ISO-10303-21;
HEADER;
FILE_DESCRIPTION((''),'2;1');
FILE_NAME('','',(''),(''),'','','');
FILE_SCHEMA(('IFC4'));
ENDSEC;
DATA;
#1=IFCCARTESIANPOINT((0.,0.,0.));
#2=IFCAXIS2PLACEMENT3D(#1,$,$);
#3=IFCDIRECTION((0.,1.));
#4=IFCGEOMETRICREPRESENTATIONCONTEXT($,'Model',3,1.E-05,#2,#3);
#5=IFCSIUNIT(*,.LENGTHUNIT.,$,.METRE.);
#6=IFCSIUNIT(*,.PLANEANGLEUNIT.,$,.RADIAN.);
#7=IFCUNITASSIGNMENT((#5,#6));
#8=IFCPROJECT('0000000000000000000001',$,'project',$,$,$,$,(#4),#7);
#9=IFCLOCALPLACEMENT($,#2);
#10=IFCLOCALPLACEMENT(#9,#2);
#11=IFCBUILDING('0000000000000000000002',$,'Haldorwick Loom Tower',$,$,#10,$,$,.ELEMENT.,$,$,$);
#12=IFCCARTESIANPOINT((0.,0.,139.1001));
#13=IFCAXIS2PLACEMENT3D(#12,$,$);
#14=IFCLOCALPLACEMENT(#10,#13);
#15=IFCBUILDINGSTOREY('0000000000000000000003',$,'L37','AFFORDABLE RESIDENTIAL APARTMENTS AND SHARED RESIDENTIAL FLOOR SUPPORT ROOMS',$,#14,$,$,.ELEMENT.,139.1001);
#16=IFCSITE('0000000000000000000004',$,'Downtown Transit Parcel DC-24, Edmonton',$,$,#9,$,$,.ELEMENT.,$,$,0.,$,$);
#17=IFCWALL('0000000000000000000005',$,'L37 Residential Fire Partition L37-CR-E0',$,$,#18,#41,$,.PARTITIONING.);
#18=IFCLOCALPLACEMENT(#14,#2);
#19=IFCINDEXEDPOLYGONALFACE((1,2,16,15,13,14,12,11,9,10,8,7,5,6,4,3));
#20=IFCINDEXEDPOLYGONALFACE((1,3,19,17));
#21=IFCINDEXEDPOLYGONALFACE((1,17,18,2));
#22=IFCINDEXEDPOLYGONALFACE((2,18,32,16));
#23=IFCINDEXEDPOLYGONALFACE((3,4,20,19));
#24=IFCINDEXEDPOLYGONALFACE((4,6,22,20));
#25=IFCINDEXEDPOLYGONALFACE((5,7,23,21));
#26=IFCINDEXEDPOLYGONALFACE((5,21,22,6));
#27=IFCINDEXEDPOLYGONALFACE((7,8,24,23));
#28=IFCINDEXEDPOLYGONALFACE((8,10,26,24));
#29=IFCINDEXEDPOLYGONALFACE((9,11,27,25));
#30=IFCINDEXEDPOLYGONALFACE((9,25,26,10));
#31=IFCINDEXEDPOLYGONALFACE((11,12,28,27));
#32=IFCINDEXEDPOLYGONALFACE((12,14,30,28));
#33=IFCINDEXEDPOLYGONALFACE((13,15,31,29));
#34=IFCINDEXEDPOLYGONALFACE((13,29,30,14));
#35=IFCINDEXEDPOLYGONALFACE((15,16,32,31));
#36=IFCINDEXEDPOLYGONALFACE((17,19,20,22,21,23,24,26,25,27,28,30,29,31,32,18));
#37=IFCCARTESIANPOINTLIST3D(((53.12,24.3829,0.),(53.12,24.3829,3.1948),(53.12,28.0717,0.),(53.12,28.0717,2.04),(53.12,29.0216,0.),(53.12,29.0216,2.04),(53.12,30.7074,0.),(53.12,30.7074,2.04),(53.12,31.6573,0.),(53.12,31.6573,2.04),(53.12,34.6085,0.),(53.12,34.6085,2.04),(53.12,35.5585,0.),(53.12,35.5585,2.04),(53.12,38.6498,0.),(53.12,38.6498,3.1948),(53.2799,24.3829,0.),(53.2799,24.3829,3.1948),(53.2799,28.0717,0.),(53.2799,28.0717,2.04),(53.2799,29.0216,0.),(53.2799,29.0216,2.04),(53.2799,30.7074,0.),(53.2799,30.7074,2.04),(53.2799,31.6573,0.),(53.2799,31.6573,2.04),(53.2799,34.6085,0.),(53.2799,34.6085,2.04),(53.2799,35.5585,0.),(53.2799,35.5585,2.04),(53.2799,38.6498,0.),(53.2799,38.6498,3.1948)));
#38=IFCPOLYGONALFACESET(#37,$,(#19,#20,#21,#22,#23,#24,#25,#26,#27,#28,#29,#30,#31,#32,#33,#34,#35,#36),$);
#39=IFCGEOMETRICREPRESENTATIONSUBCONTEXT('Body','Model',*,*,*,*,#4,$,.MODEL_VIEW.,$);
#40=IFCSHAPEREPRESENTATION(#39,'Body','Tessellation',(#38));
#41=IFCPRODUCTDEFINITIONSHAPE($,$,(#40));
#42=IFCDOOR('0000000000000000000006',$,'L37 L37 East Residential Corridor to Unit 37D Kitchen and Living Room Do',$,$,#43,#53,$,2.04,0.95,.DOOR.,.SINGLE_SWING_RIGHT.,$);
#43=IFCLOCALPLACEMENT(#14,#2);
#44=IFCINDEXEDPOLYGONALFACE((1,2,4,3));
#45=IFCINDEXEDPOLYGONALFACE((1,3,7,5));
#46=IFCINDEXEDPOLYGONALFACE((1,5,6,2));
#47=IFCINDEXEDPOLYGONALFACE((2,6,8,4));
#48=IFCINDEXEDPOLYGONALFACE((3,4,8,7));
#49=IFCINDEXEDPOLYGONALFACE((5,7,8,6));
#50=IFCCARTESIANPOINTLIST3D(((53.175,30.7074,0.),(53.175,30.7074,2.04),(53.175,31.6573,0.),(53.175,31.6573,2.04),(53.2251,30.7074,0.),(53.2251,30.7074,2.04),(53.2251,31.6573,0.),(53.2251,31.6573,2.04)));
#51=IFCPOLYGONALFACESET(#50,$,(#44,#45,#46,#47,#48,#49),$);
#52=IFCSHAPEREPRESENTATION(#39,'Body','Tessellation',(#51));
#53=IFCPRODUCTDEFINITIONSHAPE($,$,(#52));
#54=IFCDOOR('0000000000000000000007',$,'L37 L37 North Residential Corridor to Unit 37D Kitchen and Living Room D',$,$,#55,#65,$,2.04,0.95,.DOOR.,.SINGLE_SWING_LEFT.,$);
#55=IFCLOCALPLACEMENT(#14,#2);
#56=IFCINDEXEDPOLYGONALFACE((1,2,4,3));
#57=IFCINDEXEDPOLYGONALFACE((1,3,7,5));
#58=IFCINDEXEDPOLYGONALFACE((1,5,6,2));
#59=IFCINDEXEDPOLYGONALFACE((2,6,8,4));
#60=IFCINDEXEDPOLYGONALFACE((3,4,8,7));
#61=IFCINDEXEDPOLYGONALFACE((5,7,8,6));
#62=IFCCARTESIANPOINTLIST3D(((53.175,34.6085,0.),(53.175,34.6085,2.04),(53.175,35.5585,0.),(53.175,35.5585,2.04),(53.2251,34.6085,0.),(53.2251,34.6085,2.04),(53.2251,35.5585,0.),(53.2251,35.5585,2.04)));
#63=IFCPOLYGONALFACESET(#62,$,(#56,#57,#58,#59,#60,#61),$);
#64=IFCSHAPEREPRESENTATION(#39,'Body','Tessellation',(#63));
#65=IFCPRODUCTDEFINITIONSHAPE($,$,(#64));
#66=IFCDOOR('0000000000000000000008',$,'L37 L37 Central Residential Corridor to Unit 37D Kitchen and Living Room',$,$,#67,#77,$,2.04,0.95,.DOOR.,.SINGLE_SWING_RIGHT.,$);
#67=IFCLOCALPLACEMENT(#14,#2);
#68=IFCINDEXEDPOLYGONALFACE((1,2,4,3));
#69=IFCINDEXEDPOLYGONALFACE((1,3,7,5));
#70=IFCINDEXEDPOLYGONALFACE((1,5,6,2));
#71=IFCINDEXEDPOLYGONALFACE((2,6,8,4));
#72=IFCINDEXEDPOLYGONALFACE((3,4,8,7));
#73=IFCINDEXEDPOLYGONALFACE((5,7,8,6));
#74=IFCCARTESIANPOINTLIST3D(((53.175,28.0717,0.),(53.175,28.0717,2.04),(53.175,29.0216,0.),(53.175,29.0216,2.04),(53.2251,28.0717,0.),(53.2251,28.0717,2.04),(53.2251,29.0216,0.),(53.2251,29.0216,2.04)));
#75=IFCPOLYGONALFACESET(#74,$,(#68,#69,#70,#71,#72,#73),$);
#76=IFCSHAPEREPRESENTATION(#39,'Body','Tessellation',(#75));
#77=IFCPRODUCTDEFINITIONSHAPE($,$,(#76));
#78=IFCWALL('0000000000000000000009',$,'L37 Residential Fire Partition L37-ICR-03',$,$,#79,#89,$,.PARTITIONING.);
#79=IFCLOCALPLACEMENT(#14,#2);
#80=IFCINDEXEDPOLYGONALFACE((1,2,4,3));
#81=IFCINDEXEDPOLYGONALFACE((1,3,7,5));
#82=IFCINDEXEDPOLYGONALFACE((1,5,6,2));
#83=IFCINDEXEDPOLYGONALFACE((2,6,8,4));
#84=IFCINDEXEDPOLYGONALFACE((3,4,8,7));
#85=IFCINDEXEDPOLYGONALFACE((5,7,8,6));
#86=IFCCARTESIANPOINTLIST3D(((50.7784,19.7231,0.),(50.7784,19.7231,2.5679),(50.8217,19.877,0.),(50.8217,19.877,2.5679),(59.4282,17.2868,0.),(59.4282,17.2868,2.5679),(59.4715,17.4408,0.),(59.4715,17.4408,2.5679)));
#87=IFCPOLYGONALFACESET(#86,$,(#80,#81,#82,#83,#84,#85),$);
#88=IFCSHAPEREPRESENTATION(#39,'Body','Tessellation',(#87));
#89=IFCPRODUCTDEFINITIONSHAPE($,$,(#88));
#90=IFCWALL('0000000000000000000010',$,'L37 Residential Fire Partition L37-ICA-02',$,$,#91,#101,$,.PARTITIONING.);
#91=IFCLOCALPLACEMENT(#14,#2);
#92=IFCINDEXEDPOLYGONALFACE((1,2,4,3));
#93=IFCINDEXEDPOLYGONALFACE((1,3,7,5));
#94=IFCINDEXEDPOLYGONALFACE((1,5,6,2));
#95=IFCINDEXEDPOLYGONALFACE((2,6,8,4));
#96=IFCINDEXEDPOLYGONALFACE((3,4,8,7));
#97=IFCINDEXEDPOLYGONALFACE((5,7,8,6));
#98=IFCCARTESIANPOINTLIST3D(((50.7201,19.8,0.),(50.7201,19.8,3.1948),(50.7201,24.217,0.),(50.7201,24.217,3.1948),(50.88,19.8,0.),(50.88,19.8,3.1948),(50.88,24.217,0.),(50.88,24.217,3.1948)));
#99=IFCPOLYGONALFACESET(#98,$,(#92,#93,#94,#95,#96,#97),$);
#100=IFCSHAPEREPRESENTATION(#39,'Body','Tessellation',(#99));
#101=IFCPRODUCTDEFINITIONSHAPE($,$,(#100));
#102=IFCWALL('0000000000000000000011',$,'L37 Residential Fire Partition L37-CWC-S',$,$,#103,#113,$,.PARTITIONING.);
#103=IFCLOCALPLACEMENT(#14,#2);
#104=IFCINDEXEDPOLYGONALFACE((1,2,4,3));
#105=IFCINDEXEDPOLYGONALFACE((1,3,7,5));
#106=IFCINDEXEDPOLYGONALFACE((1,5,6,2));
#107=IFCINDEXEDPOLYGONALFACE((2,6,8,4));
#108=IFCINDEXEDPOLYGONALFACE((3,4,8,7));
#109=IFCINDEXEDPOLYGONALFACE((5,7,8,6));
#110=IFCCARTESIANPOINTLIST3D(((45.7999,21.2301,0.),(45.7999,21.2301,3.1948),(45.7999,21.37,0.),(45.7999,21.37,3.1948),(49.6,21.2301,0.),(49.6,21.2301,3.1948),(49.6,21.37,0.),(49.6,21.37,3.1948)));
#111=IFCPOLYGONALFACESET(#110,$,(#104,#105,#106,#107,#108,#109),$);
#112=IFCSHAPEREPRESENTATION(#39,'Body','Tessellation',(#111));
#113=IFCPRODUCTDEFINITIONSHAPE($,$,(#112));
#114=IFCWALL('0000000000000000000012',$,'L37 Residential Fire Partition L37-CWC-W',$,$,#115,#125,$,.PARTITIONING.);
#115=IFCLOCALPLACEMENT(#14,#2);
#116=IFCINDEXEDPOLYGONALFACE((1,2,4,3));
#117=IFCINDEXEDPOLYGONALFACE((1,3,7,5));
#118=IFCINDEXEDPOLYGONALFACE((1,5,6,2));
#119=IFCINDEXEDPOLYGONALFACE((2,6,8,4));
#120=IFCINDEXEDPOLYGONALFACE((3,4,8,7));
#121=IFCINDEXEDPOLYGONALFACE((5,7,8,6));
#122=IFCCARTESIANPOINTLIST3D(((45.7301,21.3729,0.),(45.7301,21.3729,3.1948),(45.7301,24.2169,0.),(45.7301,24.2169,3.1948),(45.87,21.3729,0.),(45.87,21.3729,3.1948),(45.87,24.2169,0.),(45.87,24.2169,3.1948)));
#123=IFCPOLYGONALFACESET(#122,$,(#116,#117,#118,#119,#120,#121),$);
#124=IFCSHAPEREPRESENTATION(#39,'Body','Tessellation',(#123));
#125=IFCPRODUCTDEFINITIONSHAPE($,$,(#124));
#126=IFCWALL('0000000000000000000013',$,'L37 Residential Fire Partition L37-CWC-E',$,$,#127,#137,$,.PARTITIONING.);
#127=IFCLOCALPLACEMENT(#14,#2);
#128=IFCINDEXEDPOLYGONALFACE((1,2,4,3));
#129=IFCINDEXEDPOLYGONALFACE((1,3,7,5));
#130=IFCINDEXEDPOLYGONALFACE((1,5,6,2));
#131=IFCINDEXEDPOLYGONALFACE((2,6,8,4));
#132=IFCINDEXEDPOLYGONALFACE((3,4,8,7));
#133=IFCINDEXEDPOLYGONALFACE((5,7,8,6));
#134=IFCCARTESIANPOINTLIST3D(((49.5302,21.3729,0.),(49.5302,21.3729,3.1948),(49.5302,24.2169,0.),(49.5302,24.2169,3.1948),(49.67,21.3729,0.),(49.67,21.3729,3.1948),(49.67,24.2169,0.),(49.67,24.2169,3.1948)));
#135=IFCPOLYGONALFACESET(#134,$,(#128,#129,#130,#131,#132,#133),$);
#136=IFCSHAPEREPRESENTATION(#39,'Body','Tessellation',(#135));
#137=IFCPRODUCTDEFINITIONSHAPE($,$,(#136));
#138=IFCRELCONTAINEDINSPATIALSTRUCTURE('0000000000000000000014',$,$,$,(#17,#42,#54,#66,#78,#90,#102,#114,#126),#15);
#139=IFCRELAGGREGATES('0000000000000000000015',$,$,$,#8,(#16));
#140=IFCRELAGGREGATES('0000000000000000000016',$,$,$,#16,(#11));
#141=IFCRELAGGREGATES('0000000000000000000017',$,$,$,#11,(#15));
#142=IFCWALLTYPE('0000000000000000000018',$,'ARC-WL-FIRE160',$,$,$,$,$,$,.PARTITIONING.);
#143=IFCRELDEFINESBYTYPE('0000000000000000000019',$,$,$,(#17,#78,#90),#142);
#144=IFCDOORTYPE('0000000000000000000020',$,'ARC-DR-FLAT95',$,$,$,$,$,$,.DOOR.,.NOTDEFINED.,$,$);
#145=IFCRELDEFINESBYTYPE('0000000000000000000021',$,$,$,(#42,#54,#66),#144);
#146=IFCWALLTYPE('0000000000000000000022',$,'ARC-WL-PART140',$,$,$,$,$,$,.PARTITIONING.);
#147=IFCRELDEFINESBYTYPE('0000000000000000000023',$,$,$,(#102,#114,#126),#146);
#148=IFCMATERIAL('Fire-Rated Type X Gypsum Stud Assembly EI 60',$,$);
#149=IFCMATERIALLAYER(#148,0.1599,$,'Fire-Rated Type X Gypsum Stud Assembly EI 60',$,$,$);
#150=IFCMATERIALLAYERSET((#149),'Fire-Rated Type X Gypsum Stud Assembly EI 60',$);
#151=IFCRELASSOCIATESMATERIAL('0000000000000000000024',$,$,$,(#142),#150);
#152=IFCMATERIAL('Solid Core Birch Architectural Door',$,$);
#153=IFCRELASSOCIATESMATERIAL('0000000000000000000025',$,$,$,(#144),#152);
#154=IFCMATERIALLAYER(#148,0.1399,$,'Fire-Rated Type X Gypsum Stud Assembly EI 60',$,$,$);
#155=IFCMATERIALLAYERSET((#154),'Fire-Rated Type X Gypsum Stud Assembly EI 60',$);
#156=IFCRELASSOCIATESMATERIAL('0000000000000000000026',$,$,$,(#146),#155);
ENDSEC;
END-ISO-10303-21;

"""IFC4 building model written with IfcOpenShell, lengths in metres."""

from ifc_helpers import new_model, si_unit, direction, frame, frame_2d, origin, place, context, subcontext, project, spatial, rectangle, extrude, material, layer, layer_set, type_object, element, fill, save


model = new_model("IFC4")

# Units and contexts
model_context = context("Model", 3, precision=1e-05, world=origin(), true_north=direction((0.0, 1.0)))
body_context = subcontext(model_context, "Body", "Model", "MODEL_VIEW")
ifc_project = project(units=[si_unit("LENGTHUNIT", "METRE"), si_unit("PLANEANGLEUNIT", "RADIAN")], contexts=[model_context])

# Site, building, storey
site_placement = place(None, origin())
site = spatial("IfcSite", under=ifc_project, at=site_placement, Name="Downtown Transit Parcel DC-24, Edmonton", CompositionType="ELEMENT", RefElevation=0.0)
building_placement = place(site_placement, origin())
building = spatial("IfcBuilding", under=site, at=building_placement, Name="Haldorwick Loom Tower", CompositionType="ELEMENT")
storey_placement = place(building_placement, frame((0.0, 0.0, 139.1001)))
storey = spatial("IfcBuildingStorey", under=building, at=storey_placement, Name="L37", Description="AFFORDABLE RESIDENTIAL APARTMENTS AND SHARED RESIDENTIAL FLOOR SUPPORT ROOMS", CompositionType="ELEMENT", Elevation=139.1001)

# Wall, openings, doors
ifc_material_1 = material(Name="Fire-Rated Type X Gypsum Stud Assembly EI 60")
ifc_layer_1 = layer(ifc_material_1, 0.1599, Name="Fire-Rated Type X Gypsum Stud Assembly EI 60")
ifc_layer_set_1 = layer_set([ifc_layer_1], Name="Fire-Rated Type X Gypsum Stud Assembly EI 60")
wall_type_1 = type_object("IfcWallType", Name="ARC-WL-FIRE160", PredefinedType="PARTITIONING", material=ifc_layer_set_1)
wall_1_placement = place(storey_placement, frame((53.2, 24.3831, 0.0), z_axis=(0.0, 0.0, 1.0), x_axis=(0.0, 1.0, 0.0)))
wall_1 = element("IfcWall", 1, at=wall_1_placement, inside=storey, type_object=wall_type_1, Name="L37 Residential Fire Partition L37-CR-E0", PredefinedType="PARTITIONING", context=body_context, shape_type="SweptSolid", body=[
    extrude(rectangle(XDim=14.2668, YDim=0.1599, at=frame_2d((7.1333, 0.0))), origin(), (0.0, 0.0, 1.0), 3.1948),
])
opening_1_placement = place(wall_1_placement, frame((6.3242, 0.0, 0.0)))
opening_1 = element("IfcOpeningElement", 2, at=opening_1_placement, cuts=wall_1, PredefinedType="OPENING", context=body_context, shape_type="SweptSolid", body=[
    extrude(rectangle(XDim=0.95, YDim=2.04, at=frame_2d((0.4751, 1.02))), frame((0.0, 0.0898, 0.0), z_axis=(0.0, -1.0, 0.0), x_axis=(1.0, 0.0, 0.0)), (0.0, 0.0, 1.0), 0.1799),
])
opening_2_placement = place(wall_1_placement, frame((10.2253, 0.0, 0.0)))
opening_2 = element("IfcOpeningElement", 3, at=opening_2_placement, cuts=wall_1, PredefinedType="OPENING", context=body_context, shape_type="SweptSolid", body=[
    extrude(rectangle(XDim=0.95, YDim=2.04, at=frame_2d((0.4751, 1.02))), frame((0.0, 0.0898, 0.0), z_axis=(0.0, -1.0, 0.0), x_axis=(1.0, 0.0, 0.0)), (0.0, 0.0, 1.0), 0.1799),
])
opening_3_placement = place(wall_1_placement, frame((3.6885, 0.0, 0.0)))
opening_3 = element("IfcOpeningElement", 4, at=opening_3_placement, cuts=wall_1, PredefinedType="OPENING", context=body_context, shape_type="SweptSolid", body=[
    extrude(rectangle(XDim=0.95, YDim=2.04, at=frame_2d((0.4751, 1.02))), frame((0.0, 0.0898, 0.0), z_axis=(0.0, -1.0, 0.0), x_axis=(1.0, 0.0, 0.0)), (0.0, 0.0, 1.0), 0.1799),
])
ifc_material_2 = material(Name="Solid Core Birch Architectural Door")
door_type_1 = type_object("IfcDoorType", Name="ARC-DR-FLAT95", OperationType="NOTDEFINED", PredefinedType="DOOR", material=ifc_material_2)
door_1_placement = place(opening_1_placement, origin())
door_1 = element("IfcDoor", 5, at=door_1_placement, inside=storey, type_object=door_type_1, Name="L37 L37 East Residential Corridor to Unit 37D Kitchen and Living Room Do", OperationType="SINGLE_SWING_RIGHT", OverallHeight=2.04, OverallWidth=0.95, PredefinedType="DOOR", context=body_context, shape_type="SweptSolid", body=[
    extrude(rectangle(XDim=0.95, YDim=2.04, at=frame_2d((0.4751, 1.02))), frame((0.0, 0.0249, 0.0), z_axis=(0.0, -1.0, 0.0), x_axis=(1.0, 0.0, 0.0)), (0.0, 0.0, 1.0), 0.05),
])
fill(opening_1, door_1)
door_2_placement = place(opening_2_placement, origin())
door_2 = element("IfcDoor", 6, at=door_2_placement, inside=storey, type_object=door_type_1, Name="L37 L37 North Residential Corridor to Unit 37D Kitchen and Living Room D", OperationType="SINGLE_SWING_LEFT", OverallHeight=2.04, OverallWidth=0.95, PredefinedType="DOOR", context=body_context, shape_type="SweptSolid", body=[
    extrude(rectangle(XDim=0.95, YDim=2.04, at=frame_2d((0.4751, 1.02))), frame((0.0, 0.0249, 0.0), z_axis=(0.0, -1.0, 0.0), x_axis=(1.0, 0.0, 0.0)), (0.0, 0.0, 1.0), 0.05),
])
fill(opening_2, door_2)
door_3_placement = place(opening_3_placement, origin())
door_3 = element("IfcDoor", 7, at=door_3_placement, inside=storey, type_object=door_type_1, Name="L37 L37 Central Residential Corridor to Unit 37D Kitchen and Living Room", OperationType="SINGLE_SWING_RIGHT", OverallHeight=2.04, OverallWidth=0.95, PredefinedType="DOOR", context=body_context, shape_type="SweptSolid", body=[
    extrude(rectangle(XDim=0.95, YDim=2.04, at=frame_2d((0.4751, 1.02))), frame((0.0, 0.0249, 0.0), z_axis=(0.0, -1.0, 0.0), x_axis=(1.0, 0.0, 0.0)), (0.0, 0.0, 1.0), 0.05),
])
fill(opening_3, door_3)

# Walls
wall_2_placement = place(storey_placement, frame((50.8, 19.8, 0.0), z_axis=(0.0, 0.0, 1.0), x_axis=(0.96255, -0.271106, 0.0)))
element("IfcWall", 8, at=wall_2_placement, inside=storey, type_object=wall_type_1, Name="L37 Residential Fire Partition L37-ICR-03", PredefinedType="PARTITIONING", context=body_context, shape_type="SweptSolid", body=[
    extrude(rectangle(XDim=8.9863, YDim=0.1599, at=frame_2d((4.4932, 0.0))), origin(), (0.0, 0.0, 1.0), 2.5679),
])
wall_3_placement = place(storey_placement, frame((50.8, 24.217, 0.0), z_axis=(0.0, 0.0, 1.0), x_axis=(0.0, -1.0, 0.0)))
element("IfcWall", 9, at=wall_3_placement, inside=storey, type_object=wall_type_1, Name="L37 Residential Fire Partition L37-ICA-02", PredefinedType="PARTITIONING", context=body_context, shape_type="SweptSolid", body=[
    extrude(rectangle(XDim=4.417, YDim=0.1599, at=frame_2d((2.2085, 0.0))), origin(), (0.0, 0.0, 1.0), 3.1948),
])
ifc_layer_2 = layer(ifc_material_1, 0.1399, Name="Fire-Rated Type X Gypsum Stud Assembly EI 60")
ifc_layer_set_2 = layer_set([ifc_layer_2], Name="Fire-Rated Type X Gypsum Stud Assembly EI 60")
wall_type_2 = type_object("IfcWallType", Name="ARC-WL-PART140", PredefinedType="PARTITIONING", material=ifc_layer_set_2)
wall_4_placement = place(storey_placement, frame((45.8, 21.3, 0.0), z_axis=(0.0, 0.0, 1.0), x_axis=(1.0, 0.0, 0.0)))
element("IfcWall", 10, at=wall_4_placement, inside=storey, type_object=wall_type_2, Name="L37 Residential Fire Partition L37-CWC-S", PredefinedType="PARTITIONING", context=body_context, shape_type="SweptSolid", body=[
    extrude(rectangle(XDim=3.8, YDim=0.1399, at=frame_2d((1.8999, 0.0))), origin(), (0.0, 0.0, 1.0), 3.1948),
])
for number, where, z_axis, x_axis, name in (
    (11, (45.8, 21.373, 0.0), (0.0, 0.0, 1.0), (0.0, 1.0, 0.0), "L37 Residential Fire Partition L37-CWC-W"),
    (12, (49.6001, 21.373, 0.0), (0.0, 0.0, 1.0), (0.0, 1.0, 0.0), "L37 Residential Fire Partition L37-CWC-E"),
):
    element("IfcWall", number, at=place(storey_placement, frame(where, z_axis=z_axis, x_axis=x_axis)), inside=storey, type_object=wall_type_2, Name=name, PredefinedType="PARTITIONING", context=body_context, shape_type="SweptSolid", body=[
        extrude(rectangle(XDim=2.844, YDim=0.1399, at=frame_2d((1.4219, 0.0))), origin(), (0.0, 0.0, 1.0), 3.1948),
    ])

save(model, "model.ifc")
